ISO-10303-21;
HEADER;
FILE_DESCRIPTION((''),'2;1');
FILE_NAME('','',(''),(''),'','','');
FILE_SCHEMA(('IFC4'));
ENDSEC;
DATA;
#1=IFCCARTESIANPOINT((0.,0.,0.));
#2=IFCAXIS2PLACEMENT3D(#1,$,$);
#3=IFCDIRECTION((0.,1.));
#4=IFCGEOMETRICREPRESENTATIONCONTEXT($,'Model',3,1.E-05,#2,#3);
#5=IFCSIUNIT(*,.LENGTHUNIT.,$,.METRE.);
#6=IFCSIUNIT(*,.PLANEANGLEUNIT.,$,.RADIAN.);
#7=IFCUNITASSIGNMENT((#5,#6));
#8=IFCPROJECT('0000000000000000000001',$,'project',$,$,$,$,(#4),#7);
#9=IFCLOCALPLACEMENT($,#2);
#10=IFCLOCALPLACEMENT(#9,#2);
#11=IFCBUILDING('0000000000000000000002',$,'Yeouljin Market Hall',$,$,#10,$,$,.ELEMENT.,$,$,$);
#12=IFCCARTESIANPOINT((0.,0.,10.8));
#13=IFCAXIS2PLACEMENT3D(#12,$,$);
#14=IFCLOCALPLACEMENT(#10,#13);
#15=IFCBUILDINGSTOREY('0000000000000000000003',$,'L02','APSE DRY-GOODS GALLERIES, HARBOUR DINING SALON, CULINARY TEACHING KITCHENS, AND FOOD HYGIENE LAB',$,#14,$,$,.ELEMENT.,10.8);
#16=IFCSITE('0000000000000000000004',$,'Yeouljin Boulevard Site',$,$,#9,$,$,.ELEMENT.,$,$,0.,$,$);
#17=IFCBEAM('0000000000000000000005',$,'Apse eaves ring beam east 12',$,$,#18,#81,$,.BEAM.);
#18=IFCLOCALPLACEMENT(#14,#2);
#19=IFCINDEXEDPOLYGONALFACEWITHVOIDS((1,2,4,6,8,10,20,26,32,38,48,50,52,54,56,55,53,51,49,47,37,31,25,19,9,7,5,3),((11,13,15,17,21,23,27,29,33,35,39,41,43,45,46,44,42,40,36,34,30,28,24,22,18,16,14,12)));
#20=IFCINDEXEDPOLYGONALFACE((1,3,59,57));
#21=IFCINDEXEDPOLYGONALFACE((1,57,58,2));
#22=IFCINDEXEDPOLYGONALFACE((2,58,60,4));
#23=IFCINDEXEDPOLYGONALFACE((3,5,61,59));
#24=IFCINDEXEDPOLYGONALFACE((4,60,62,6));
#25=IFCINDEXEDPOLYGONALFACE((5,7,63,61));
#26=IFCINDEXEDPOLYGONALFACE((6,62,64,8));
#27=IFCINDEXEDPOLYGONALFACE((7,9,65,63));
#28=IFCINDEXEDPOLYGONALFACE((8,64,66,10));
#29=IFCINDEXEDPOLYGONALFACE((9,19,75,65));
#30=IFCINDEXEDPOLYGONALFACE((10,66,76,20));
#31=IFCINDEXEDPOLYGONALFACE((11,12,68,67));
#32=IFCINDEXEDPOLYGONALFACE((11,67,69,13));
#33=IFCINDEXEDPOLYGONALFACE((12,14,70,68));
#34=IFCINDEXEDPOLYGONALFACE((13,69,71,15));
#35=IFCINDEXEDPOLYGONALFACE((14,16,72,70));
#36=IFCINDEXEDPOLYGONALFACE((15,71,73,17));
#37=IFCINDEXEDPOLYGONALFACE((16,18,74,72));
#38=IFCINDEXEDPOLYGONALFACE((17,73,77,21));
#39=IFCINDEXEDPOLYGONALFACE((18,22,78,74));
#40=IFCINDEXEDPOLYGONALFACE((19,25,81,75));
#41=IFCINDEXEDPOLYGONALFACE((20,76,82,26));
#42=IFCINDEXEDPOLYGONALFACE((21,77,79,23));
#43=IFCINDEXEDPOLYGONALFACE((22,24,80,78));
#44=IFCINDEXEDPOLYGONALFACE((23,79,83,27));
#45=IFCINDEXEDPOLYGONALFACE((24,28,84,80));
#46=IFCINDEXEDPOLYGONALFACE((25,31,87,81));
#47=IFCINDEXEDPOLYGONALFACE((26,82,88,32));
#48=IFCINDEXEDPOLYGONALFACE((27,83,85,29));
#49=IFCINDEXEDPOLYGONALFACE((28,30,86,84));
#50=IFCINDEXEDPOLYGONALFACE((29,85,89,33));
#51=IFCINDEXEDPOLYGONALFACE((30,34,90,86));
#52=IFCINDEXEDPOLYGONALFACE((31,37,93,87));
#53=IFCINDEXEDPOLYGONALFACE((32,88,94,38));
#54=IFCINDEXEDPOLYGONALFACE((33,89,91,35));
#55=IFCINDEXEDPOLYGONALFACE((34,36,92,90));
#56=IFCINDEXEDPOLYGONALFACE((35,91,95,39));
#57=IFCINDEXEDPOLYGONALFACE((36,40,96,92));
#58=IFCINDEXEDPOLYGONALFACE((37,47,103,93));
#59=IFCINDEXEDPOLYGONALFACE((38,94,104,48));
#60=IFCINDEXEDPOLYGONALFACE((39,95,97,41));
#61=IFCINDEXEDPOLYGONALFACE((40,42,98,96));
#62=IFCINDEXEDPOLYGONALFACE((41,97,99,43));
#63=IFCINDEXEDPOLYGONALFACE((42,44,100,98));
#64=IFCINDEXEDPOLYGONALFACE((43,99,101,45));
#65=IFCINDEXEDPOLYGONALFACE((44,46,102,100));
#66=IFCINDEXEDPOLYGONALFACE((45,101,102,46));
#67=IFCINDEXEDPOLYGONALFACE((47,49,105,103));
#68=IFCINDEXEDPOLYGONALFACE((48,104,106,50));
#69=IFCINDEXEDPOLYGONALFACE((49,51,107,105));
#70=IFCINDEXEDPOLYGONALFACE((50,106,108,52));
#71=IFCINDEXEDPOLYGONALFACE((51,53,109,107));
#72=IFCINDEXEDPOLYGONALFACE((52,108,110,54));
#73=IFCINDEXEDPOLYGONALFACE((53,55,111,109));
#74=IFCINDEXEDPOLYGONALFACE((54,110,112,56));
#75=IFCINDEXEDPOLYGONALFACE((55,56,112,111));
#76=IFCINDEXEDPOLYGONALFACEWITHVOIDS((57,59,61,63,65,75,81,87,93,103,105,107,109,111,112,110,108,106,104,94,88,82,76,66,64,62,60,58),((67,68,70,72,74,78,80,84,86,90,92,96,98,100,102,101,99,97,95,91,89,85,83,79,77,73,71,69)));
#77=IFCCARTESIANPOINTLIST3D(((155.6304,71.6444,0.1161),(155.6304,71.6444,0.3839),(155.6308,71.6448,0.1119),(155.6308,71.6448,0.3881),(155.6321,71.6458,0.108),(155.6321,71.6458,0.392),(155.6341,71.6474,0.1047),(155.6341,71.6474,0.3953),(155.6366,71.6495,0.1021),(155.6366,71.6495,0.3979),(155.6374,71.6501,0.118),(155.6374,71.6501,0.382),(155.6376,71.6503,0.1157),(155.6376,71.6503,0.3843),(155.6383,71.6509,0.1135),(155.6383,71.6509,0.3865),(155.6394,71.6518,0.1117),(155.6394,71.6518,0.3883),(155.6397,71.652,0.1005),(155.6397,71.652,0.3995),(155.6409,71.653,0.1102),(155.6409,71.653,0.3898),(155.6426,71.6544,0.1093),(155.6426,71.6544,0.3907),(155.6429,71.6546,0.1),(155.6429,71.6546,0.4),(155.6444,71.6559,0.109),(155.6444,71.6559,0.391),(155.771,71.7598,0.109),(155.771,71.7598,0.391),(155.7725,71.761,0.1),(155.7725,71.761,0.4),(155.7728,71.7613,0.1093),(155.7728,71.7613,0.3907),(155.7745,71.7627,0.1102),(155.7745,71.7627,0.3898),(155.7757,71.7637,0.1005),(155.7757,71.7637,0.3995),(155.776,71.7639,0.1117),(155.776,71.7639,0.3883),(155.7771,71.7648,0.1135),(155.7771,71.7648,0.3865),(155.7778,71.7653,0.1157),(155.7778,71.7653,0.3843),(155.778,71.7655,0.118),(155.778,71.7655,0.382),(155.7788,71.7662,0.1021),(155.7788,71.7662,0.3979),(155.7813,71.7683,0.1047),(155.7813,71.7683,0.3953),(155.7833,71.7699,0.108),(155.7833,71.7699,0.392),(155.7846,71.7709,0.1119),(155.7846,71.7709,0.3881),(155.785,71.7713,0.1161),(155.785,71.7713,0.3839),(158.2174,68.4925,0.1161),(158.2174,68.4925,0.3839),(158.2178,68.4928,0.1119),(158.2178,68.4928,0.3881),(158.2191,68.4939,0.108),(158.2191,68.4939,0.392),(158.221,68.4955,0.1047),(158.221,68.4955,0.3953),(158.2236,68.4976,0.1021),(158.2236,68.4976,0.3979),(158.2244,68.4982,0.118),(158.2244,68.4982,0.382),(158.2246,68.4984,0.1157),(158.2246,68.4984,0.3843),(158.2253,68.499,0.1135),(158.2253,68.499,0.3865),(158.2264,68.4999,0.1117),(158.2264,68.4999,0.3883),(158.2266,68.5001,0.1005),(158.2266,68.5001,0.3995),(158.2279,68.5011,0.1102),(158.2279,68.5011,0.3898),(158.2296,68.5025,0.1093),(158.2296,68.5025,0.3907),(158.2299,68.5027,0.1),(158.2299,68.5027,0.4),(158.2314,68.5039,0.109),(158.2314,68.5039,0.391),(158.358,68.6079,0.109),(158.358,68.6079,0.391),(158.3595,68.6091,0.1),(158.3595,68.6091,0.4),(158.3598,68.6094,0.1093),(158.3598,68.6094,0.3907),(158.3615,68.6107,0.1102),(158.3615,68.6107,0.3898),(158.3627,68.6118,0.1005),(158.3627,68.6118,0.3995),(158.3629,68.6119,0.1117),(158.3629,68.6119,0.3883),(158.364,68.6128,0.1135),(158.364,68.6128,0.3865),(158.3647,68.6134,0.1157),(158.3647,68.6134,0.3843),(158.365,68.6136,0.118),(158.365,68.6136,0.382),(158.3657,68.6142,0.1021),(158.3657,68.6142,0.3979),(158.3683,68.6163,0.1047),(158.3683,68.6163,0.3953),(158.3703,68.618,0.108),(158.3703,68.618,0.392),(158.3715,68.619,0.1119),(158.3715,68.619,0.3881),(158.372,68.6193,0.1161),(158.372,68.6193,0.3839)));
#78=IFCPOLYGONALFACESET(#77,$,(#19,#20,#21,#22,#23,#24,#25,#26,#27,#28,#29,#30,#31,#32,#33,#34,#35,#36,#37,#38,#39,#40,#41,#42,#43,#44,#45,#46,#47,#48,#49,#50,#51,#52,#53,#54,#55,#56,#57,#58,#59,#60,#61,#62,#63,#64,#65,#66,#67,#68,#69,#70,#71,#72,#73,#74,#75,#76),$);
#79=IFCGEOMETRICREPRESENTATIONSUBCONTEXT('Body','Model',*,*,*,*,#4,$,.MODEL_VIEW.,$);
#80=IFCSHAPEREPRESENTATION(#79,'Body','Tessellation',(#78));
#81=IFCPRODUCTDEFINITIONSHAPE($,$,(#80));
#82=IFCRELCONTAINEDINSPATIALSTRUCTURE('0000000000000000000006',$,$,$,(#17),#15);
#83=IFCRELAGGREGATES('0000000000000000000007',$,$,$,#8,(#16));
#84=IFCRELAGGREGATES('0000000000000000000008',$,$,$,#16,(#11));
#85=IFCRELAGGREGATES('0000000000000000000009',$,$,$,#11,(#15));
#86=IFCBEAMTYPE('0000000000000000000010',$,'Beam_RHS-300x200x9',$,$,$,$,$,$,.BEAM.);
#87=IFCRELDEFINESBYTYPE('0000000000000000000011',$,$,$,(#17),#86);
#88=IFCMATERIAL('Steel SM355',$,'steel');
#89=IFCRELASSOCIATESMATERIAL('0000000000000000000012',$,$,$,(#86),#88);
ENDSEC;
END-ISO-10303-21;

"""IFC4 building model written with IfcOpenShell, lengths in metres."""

from ifc_helpers import new_model, si_unit, direction, frame, origin, origin_2d, place, context, subcontext, project, spatial, hollow_rectangle, extrude, material, material_profile, profile_set, type_object, element, save


model = new_model("IFC4")

# Units and contexts
model_context = context("Model", 3, precision=1e-05, world=origin(), true_north=direction((0.0, 1.0)))
body_context = subcontext(model_context, "Body", "Model", "MODEL_VIEW")
ifc_project = project(units=[si_unit("LENGTHUNIT", "METRE"), si_unit("PLANEANGLEUNIT", "RADIAN")], contexts=[model_context])

# Site, building, storey
site_placement = place(None, origin())
site = spatial("IfcSite", under=ifc_project, at=site_placement, Name="Yeouljin Boulevard Site", CompositionType="ELEMENT", RefElevation=0.0)
building_placement = place(site_placement, origin())
building = spatial("IfcBuilding", under=site, at=building_placement, Name="Yeouljin Market Hall", CompositionType="ELEMENT")
storey_placement = place(building_placement, frame((0.0, 0.0, 10.8)))
storey = spatial("IfcBuildingStorey", under=building, at=storey_placement, Name="L02", Description="APSE DRY-GOODS GALLERIES, HARBOUR DINING SALON, CULINARY TEACHING KITCHENS, AND FOOD HYGIENE LAB", CompositionType="ELEMENT", Elevation=10.8)

# Beam
ifc_material_1 = material(Name="Steel SM355", Category="steel")
ifc_material_profile_1 = material_profile(ifc_material_1, hollow_rectangle(XDim=0.2, YDim=0.3, WallThickness=0.009, InnerFilletRadius=0.009, OuterFilletRadius=0.0161, at=origin_2d()), Name="RHS-300x200x9")
ifc_profile_set_1 = profile_set([ifc_material_profile_1], Name="Steel SM355")
beam_type_1 = type_object("IfcBeamType", Name="Beam_RHS-300x200x9", PredefinedType="BEAM", material=ifc_profile_set_1)
for number, where, z_axis, x_axis, name in (
    (1, (158.2947, 68.5559, 0.25), (-0.63443, 0.77298, 0.0), (-0.77298, -0.63443, 0.0), "Apse eaves ring beam east 12"),
):
    element("IfcBeam", number, at=place(storey_placement, frame(where, z_axis=z_axis, x_axis=x_axis)), inside=storey, type_object=beam_type_1, Name=name, PredefinedType="BEAM", context=body_context, shape_type="SweptSolid", body=[
        extrude(hollow_rectangle(XDim=0.2, YDim=0.3, WallThickness=0.009, InnerFilletRadius=0.009, OuterFilletRadius=0.0161, at=origin_2d()), origin(), (0.0, 0.0, 1.0), 4.0776),
    ])

save(model, "model.ifc")
